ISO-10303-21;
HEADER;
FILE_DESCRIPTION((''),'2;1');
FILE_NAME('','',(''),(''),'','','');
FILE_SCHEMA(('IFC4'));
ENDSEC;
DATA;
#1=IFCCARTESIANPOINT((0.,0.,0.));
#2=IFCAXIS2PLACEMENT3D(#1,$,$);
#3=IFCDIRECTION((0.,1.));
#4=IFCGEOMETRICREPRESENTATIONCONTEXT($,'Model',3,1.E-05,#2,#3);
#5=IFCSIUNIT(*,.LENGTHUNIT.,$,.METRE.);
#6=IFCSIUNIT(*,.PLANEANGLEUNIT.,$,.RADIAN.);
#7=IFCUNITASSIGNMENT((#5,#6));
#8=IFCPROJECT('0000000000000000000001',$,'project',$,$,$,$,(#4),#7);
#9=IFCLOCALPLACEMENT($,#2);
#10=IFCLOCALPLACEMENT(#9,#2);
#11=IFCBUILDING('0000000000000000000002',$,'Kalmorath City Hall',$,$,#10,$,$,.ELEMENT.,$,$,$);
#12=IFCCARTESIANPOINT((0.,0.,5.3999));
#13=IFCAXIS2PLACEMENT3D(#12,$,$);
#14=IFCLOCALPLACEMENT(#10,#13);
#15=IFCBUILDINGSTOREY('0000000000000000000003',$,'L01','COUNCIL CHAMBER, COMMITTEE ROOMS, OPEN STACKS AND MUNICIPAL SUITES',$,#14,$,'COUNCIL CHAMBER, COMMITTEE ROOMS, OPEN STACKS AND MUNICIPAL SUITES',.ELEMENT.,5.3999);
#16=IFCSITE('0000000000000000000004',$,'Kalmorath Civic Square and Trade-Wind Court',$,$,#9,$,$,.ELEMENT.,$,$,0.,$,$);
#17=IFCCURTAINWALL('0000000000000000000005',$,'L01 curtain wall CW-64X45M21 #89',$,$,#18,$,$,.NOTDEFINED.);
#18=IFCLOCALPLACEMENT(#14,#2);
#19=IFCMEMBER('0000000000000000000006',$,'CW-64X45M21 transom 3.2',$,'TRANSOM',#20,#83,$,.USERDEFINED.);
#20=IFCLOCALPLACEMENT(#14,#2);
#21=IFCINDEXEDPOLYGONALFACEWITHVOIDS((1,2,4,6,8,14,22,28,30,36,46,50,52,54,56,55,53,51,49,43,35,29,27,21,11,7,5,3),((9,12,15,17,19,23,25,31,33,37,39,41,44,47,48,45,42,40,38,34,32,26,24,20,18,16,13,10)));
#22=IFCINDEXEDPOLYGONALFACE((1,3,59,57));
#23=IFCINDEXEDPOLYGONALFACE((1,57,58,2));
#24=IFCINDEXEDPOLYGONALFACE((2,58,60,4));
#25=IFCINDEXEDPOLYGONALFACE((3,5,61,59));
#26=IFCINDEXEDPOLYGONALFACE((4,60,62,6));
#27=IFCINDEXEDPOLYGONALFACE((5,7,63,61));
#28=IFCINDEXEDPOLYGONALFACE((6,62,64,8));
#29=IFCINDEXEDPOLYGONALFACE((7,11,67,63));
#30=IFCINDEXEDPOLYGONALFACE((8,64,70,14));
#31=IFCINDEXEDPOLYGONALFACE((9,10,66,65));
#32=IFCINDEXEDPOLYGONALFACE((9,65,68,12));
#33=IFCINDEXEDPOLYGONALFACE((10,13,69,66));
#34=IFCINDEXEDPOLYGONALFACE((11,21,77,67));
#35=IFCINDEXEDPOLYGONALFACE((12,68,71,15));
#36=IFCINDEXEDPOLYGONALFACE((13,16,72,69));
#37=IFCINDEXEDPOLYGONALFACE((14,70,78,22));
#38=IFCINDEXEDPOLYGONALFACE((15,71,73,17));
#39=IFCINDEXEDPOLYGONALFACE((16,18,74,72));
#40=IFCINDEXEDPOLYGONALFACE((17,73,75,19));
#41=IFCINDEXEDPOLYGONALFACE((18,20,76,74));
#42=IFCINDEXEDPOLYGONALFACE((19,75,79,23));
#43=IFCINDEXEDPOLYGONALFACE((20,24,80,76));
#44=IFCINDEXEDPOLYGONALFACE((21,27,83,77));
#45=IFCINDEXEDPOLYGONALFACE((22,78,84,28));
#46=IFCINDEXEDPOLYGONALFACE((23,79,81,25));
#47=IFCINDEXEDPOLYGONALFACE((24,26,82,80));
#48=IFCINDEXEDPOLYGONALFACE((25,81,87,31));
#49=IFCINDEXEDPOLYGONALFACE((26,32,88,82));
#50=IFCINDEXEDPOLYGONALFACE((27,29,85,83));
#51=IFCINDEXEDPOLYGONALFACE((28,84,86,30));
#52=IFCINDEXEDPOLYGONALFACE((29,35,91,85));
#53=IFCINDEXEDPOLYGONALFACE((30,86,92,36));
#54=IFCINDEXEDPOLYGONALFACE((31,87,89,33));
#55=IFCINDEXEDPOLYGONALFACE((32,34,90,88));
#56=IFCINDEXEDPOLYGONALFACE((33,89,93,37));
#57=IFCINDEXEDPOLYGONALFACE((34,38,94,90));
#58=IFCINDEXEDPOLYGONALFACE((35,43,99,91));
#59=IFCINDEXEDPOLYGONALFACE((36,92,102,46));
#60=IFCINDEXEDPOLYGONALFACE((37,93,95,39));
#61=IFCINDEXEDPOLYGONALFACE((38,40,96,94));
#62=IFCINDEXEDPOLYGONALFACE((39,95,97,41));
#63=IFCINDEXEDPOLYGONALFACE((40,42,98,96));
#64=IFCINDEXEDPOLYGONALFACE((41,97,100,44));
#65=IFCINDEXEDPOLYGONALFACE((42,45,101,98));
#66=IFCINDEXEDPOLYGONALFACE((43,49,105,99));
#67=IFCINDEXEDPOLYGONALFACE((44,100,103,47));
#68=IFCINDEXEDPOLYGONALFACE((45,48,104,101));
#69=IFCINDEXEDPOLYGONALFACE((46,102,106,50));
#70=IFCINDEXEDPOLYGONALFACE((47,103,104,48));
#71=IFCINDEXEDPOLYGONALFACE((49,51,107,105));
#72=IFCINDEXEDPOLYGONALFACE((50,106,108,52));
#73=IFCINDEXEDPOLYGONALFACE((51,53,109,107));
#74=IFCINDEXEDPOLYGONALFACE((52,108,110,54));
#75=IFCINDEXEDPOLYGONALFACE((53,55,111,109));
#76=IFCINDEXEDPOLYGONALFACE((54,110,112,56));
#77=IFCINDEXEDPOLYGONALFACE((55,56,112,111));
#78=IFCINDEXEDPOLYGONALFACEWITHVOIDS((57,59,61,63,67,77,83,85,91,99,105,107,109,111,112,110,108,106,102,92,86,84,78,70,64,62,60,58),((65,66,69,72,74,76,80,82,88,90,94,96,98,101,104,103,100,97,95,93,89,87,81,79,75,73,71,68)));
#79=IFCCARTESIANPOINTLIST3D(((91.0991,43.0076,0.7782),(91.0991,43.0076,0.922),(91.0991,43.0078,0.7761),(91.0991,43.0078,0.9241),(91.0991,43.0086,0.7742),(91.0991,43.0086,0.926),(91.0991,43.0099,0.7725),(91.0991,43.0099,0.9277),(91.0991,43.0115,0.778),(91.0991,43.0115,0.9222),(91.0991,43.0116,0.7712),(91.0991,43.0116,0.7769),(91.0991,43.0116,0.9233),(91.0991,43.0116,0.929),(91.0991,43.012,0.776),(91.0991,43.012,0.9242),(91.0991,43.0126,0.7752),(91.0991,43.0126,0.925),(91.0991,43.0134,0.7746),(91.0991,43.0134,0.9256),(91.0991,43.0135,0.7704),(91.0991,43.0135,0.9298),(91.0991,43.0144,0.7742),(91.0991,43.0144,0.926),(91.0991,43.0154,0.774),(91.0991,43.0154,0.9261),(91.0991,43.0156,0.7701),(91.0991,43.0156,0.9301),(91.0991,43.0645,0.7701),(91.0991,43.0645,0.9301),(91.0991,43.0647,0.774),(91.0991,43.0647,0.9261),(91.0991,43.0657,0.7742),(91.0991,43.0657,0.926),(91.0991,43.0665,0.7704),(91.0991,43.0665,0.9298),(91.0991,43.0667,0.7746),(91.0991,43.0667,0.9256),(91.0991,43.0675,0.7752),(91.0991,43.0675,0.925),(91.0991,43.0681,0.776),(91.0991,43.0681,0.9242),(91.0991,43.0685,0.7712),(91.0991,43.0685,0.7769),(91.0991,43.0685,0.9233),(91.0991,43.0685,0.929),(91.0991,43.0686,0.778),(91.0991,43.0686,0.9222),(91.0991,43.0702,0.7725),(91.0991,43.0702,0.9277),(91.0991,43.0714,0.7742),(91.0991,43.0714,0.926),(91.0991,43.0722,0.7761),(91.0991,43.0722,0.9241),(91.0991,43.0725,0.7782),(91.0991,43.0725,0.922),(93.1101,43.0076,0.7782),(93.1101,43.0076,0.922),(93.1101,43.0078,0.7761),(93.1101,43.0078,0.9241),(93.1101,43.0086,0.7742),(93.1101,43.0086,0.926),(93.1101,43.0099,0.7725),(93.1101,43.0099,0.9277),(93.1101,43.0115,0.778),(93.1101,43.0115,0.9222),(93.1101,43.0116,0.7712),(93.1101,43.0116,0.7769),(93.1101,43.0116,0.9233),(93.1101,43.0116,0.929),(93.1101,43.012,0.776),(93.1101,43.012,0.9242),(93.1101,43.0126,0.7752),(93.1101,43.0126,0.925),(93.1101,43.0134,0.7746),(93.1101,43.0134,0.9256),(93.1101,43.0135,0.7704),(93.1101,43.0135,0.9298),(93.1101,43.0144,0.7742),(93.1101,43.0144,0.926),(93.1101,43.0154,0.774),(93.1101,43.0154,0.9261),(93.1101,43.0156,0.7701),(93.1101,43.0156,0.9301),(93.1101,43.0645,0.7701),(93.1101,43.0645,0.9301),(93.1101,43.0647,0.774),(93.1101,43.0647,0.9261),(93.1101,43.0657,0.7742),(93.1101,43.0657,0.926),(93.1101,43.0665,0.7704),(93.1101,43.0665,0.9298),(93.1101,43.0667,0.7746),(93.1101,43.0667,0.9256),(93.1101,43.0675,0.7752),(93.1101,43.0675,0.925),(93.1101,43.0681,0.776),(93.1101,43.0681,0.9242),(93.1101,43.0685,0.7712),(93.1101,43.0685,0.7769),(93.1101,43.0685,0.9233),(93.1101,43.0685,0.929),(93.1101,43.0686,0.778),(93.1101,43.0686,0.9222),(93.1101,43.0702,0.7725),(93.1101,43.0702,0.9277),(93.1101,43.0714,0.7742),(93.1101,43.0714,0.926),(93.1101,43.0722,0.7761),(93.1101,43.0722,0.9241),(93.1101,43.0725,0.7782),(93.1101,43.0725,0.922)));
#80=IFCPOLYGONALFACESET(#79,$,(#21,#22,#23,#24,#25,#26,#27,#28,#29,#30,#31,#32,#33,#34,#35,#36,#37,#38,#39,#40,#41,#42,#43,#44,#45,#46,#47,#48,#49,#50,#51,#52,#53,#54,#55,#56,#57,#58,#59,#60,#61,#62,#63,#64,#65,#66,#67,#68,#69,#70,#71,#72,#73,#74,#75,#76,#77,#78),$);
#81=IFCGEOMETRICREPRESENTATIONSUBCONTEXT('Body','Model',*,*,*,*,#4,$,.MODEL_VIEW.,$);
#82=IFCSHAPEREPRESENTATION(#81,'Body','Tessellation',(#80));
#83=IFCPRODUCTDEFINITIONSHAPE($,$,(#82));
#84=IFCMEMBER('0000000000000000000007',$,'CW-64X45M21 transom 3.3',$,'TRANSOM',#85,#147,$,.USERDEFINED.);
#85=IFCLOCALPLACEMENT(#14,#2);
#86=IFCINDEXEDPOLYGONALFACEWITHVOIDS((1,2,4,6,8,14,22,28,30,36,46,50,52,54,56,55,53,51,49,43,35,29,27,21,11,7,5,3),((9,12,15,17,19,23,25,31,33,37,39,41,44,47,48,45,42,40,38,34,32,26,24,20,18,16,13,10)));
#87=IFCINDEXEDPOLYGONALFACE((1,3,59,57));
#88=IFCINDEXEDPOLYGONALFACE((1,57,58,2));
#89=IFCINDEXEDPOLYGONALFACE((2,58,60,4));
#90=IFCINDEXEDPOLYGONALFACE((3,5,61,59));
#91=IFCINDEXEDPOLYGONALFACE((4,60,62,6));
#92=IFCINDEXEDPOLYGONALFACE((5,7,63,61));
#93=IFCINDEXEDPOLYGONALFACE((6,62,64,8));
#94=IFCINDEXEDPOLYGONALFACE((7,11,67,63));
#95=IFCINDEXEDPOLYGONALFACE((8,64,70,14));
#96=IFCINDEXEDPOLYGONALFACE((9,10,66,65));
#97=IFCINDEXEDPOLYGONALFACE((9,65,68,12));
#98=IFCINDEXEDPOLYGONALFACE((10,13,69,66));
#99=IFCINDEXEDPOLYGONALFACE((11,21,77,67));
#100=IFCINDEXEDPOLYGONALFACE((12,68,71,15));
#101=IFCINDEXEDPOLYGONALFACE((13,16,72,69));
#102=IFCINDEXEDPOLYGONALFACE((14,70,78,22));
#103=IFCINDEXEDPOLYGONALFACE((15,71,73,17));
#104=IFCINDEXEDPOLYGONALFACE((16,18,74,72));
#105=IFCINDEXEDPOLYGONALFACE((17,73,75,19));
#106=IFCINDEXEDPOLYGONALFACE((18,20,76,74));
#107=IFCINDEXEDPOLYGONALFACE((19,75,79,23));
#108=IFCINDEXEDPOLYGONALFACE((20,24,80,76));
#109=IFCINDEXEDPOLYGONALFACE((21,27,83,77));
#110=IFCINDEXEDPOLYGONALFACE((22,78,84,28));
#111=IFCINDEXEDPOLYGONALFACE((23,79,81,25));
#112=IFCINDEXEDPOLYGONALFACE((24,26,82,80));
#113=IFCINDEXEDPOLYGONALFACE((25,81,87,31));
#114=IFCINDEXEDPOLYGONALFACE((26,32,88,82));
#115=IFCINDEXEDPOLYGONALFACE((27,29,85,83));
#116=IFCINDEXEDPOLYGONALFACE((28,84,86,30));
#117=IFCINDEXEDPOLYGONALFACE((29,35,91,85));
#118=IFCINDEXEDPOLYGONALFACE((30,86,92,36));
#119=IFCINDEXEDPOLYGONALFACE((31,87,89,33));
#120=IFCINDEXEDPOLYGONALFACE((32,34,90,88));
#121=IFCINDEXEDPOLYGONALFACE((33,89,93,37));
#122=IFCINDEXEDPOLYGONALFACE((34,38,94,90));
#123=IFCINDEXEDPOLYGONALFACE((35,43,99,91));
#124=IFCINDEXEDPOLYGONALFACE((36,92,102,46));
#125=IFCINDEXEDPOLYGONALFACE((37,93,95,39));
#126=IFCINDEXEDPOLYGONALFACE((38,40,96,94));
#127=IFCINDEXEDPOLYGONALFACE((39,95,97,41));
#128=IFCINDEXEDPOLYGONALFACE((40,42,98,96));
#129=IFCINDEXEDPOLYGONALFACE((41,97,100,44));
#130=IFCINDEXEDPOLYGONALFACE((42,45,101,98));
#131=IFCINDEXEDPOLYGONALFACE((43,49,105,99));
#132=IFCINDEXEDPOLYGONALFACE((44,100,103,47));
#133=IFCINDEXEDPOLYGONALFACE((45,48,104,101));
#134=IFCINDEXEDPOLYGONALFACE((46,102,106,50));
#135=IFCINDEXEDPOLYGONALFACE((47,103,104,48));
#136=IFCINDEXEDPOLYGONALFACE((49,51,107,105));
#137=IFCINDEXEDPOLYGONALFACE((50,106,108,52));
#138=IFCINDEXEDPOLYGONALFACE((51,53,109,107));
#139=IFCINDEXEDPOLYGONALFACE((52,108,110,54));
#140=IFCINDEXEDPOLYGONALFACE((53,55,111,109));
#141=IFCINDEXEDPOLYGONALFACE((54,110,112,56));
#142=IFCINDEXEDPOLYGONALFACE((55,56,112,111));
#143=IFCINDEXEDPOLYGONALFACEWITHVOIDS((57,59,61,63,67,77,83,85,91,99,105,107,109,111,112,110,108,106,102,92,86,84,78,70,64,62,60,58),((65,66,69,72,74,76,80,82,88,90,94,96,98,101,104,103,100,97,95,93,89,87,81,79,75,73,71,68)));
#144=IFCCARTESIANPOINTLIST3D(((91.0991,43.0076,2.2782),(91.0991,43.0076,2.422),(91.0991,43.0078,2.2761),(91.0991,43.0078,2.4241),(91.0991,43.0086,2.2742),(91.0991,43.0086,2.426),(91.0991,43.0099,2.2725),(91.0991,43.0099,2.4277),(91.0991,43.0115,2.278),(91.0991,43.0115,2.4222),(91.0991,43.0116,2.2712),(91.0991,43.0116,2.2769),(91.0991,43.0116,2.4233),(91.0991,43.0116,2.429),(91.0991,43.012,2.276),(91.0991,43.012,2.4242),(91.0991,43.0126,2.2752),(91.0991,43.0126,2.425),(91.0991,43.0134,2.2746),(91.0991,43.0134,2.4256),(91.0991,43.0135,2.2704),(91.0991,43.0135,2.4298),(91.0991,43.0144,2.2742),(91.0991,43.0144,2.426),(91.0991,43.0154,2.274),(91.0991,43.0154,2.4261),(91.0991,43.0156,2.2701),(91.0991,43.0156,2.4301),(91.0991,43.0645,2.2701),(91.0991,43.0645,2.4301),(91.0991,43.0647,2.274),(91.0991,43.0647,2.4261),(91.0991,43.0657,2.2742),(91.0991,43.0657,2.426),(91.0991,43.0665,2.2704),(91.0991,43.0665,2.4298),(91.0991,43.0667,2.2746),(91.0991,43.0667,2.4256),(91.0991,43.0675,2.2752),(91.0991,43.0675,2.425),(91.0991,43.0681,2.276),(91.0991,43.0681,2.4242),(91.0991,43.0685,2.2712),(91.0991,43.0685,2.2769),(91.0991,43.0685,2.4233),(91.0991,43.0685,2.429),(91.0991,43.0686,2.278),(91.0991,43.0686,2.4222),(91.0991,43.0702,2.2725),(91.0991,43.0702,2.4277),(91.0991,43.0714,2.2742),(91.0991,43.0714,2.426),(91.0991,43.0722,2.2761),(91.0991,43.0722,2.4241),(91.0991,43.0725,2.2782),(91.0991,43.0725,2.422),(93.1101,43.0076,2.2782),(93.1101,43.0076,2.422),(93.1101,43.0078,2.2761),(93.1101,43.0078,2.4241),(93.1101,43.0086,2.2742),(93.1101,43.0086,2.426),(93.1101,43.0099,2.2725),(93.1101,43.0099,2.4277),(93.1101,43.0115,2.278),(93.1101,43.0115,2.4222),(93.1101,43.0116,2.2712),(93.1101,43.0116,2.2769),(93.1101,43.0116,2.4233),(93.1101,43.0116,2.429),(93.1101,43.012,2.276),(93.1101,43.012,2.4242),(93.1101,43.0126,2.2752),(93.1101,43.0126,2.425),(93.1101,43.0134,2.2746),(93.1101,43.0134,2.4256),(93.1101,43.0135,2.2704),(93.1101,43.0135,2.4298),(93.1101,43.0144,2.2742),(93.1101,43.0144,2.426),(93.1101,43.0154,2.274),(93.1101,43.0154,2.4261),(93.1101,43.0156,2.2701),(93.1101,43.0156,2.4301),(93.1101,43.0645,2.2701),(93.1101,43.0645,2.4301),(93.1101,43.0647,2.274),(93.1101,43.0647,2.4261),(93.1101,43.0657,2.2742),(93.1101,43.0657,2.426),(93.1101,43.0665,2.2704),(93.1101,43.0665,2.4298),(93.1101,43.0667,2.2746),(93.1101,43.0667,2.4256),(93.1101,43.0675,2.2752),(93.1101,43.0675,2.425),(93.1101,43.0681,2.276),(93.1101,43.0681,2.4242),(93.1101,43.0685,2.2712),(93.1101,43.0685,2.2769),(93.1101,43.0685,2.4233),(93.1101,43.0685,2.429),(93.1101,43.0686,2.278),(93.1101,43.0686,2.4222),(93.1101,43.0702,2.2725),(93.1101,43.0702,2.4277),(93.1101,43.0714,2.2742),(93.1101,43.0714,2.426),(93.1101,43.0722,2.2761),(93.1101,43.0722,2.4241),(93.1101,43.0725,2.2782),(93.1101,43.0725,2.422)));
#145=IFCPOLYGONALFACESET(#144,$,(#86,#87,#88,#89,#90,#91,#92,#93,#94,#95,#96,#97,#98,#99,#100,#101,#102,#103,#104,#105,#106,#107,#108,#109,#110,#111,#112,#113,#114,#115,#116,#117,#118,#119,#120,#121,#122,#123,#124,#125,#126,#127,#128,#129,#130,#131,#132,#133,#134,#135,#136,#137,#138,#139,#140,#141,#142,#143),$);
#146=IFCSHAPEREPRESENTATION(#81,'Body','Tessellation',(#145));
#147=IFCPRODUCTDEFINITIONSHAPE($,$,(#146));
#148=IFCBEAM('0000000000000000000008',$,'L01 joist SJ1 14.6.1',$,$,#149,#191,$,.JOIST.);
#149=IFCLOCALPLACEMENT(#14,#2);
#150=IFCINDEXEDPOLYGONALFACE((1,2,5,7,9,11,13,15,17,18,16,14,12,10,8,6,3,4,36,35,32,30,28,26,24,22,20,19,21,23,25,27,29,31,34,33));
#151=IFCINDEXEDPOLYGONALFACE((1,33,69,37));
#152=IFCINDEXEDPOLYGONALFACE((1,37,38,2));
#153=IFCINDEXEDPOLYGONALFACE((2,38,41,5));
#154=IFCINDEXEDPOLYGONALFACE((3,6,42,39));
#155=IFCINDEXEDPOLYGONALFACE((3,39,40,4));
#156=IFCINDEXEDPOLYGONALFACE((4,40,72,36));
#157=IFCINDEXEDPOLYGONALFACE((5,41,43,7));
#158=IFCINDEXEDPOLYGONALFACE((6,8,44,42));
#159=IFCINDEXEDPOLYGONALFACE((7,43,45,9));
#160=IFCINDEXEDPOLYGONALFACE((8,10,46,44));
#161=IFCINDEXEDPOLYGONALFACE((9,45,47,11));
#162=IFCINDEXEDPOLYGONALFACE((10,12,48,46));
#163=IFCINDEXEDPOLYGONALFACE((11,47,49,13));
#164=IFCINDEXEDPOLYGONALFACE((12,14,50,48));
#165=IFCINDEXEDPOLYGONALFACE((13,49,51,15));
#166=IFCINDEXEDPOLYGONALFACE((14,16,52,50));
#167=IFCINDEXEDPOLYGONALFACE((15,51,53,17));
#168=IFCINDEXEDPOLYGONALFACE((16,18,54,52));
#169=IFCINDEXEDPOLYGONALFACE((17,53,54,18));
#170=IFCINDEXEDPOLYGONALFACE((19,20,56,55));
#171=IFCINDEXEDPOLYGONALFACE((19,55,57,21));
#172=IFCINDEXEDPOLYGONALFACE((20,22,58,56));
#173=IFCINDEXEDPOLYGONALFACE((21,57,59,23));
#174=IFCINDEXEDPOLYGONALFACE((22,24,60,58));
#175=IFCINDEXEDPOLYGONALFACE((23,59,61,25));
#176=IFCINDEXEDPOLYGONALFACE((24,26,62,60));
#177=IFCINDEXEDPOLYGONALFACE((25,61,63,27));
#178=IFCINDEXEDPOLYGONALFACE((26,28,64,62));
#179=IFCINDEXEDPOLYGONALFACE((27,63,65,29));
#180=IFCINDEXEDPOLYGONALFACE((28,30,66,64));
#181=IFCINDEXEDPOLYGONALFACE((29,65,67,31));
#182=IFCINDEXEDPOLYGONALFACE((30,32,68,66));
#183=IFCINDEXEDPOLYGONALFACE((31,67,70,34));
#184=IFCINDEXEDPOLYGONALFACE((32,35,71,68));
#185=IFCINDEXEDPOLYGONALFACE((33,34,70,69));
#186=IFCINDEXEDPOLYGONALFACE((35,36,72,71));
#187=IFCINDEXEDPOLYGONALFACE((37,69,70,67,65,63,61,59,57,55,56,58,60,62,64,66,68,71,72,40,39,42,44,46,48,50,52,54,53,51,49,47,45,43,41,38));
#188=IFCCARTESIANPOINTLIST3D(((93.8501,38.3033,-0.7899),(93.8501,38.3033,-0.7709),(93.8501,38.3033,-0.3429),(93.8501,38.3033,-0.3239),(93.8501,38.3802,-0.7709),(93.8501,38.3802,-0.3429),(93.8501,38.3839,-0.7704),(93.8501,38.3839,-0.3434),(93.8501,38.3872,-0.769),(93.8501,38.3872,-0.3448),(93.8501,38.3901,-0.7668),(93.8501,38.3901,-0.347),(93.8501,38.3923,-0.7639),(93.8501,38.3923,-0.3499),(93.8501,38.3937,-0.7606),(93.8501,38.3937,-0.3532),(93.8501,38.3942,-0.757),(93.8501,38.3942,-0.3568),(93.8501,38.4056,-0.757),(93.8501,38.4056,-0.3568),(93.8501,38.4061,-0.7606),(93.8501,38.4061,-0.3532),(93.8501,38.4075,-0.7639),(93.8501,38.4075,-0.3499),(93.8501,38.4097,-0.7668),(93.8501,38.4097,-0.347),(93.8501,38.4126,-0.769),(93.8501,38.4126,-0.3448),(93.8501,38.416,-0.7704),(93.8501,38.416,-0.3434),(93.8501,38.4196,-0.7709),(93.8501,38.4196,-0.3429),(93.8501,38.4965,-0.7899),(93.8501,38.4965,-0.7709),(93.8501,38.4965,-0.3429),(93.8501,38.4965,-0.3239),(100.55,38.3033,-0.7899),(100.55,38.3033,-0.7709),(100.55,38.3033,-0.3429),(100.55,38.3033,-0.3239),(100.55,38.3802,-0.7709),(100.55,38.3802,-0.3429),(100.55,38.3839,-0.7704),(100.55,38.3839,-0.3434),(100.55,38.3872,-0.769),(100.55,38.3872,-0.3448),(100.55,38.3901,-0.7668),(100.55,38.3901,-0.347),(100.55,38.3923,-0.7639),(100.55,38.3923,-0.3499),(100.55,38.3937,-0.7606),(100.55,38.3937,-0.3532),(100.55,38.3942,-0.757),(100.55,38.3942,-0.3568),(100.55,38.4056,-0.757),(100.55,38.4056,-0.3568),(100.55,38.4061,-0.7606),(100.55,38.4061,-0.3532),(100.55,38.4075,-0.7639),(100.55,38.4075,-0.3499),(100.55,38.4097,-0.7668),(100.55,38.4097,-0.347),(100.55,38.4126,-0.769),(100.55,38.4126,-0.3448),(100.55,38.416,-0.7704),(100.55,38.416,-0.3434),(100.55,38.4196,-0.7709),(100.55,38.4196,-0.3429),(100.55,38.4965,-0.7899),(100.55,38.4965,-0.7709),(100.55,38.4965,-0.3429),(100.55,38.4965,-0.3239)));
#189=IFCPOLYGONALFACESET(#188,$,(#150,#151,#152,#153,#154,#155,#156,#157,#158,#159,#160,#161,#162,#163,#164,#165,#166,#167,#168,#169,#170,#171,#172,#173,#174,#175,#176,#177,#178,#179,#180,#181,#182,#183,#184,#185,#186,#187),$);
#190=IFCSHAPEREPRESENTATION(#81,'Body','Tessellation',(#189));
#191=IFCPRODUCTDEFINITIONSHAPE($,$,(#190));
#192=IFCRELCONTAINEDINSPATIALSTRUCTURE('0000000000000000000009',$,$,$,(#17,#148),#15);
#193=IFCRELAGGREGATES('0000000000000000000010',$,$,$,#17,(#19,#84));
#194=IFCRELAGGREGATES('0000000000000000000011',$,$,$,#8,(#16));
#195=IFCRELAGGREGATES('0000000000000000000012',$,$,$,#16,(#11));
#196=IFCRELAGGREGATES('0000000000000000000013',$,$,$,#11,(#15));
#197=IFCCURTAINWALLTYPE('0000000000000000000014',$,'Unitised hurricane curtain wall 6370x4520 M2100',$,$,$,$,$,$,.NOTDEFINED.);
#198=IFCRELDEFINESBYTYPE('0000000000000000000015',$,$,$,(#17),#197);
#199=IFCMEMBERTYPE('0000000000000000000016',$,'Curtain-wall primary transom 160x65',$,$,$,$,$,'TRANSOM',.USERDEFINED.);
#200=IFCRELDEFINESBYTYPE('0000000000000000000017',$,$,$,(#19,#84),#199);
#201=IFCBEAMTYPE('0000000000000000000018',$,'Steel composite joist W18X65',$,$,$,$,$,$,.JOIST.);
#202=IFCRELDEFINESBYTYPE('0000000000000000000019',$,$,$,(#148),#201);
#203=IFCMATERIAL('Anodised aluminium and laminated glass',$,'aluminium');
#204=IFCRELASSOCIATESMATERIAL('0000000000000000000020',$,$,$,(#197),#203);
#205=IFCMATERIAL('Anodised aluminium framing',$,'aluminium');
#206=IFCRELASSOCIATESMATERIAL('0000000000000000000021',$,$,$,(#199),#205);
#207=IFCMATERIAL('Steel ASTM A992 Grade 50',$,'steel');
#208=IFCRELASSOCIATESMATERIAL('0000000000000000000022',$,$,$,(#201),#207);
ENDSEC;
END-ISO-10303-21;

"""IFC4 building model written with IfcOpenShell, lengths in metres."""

from ifc_helpers import new_model, si_unit, direction, frame, origin, origin_2d, place, context, subcontext, project, spatial, hollow_rectangle, i_section, extrude, material, material_profile, profile_set, type_object, element, aggregate, save


model = new_model("IFC4")

# Units and contexts
model_context = context("Model", 3, precision=1e-05, world=origin(), true_north=direction((0.0, 1.0)))
body_context = subcontext(model_context, "Body", "Model", "MODEL_VIEW")
ifc_project = project(units=[si_unit("LENGTHUNIT", "METRE"), si_unit("PLANEANGLEUNIT", "RADIAN")], contexts=[model_context])

# Site, building, storey
site_placement = place(None, origin())
site = spatial("IfcSite", under=ifc_project, at=site_placement, Name="Kalmorath Civic Square and Trade-Wind Court", CompositionType="ELEMENT", RefElevation=0.0)
building_placement = place(site_placement, origin())
building = spatial("IfcBuilding", under=site, at=building_placement, Name="Kalmorath City Hall", CompositionType="ELEMENT")
storey_placement = place(building_placement, frame((0.0, 0.0, 5.3999)))
storey = spatial("IfcBuildingStorey", under=building, at=storey_placement, Name="L01", Description="COUNCIL CHAMBER, COMMITTEE ROOMS, OPEN STACKS AND MUNICIPAL SUITES", LongName="COUNCIL CHAMBER, COMMITTEE ROOMS, OPEN STACKS AND MUNICIPAL SUITES", CompositionType="ELEMENT", Elevation=5.3999)

# Curtain wall, members
ifc_material_1 = material(Name="Anodised aluminium and laminated glass", Category="aluminium")
curtain_wall_type = type_object("IfcCurtainWallType", Name="Unitised hurricane curtain wall 6370x4520 M2100", PredefinedType="NOTDEFINED", material=ifc_material_1)
curtain_wall_placement = place(storey_placement, origin())
curtain_wall = element("IfcCurtainWall", 1, at=curtain_wall_placement, inside=storey, type_object=curtain_wall_type, Name="L01 curtain wall CW-64X45M21 #89", PredefinedType="NOTDEFINED")
ifc_material_2 = material(Name="Anodised aluminium framing", Category="aluminium")
ifc_material_profile_1 = material_profile(ifc_material_2, hollow_rectangle(XDim=0.0649, YDim=0.1599, WallThickness=0.0039, InnerFilletRadius=0.0039, OuterFilletRadius=0.0081, at=origin_2d()), Name="ALU-TRN-160X65X4")
ifc_profile_set_1 = profile_set([ifc_material_profile_1], Name="Anodised aluminium framing")
member_type_1 = type_object("IfcMemberType", Name="Curtain-wall primary transom 160x65", ElementType="TRANSOM", PredefinedType="USERDEFINED", material=ifc_profile_set_1)
member_1_placement = place(storey_placement, frame((91.0991, 43.04, 0.8501), z_axis=(1.0, 0.0, 0.0), x_axis=(0.0, 1.0, 0.0)))
member_1 = element("IfcMember", 2, at=member_1_placement, type_object=member_type_1, Name="CW-64X45M21 transom 3.2", ObjectType="TRANSOM", PredefinedType="USERDEFINED", context=body_context, shape_type="SweptSolid", body=[
    extrude(hollow_rectangle(XDim=0.0649, YDim=0.1599, WallThickness=0.0039, InnerFilletRadius=0.0039, OuterFilletRadius=0.0081, at=origin_2d()), origin(), (0.0, 0.0, 1.0), 2.011),
])
member_2_placement = place(storey_placement, frame((91.0991, 43.04, 2.3501), z_axis=(1.0, 0.0, 0.0), x_axis=(0.0, 1.0, 0.0)))
member_2 = element("IfcMember", 3, at=member_2_placement, type_object=member_type_1, Name="CW-64X45M21 transom 3.3", ObjectType="TRANSOM", PredefinedType="USERDEFINED", context=body_context, shape_type="SweptSolid", body=[
    extrude(hollow_rectangle(XDim=0.0649, YDim=0.1599, WallThickness=0.0039, InnerFilletRadius=0.0039, OuterFilletRadius=0.0081, at=origin_2d()), origin(), (0.0, 0.0, 1.0), 2.011),
])

# Beam
ifc_material_3 = material(Name="Steel ASTM A992 Grade 50", Category="steel")
ifc_material_profile_2 = material_profile(ifc_material_3, i_section(OverallWidth=0.1931, OverallDepth=0.4661, WebThickness=0.0115, FlangeThickness=0.019, FilletRadius=0.0139, at=origin_2d()), Name="W18X65")
ifc_profile_set_2 = profile_set([ifc_material_profile_2], Name="Steel ASTM A992 Grade 50")
beam_type_1 = type_object("IfcBeamType", Name="Steel composite joist W18X65", PredefinedType="JOIST", material=ifc_profile_set_2)
for number, where, z_axis, x_axis, name in (
    (4, (93.8501, 38.3999, -0.5569), (1.0, 0.0, 0.0), (0.0, 1.0, 0.0), "L01 joist SJ1 14.6.1"),
):
    element("IfcBeam", number, at=place(storey_placement, frame(where, z_axis=z_axis, x_axis=x_axis)), inside=storey, type_object=beam_type_1, Name=name, PredefinedType="JOIST", context=body_context, shape_type="SweptSolid", body=[
        extrude(i_section(OverallWidth=0.1931, OverallDepth=0.4661, WebThickness=0.0115, FlangeThickness=0.019, FilletRadius=0.0139, at=origin_2d()), origin(), (0.0, 0.0, 1.0), 6.7),
    ])

aggregate(curtain_wall, [member_1, member_2])

save(model, "model.ifc")
